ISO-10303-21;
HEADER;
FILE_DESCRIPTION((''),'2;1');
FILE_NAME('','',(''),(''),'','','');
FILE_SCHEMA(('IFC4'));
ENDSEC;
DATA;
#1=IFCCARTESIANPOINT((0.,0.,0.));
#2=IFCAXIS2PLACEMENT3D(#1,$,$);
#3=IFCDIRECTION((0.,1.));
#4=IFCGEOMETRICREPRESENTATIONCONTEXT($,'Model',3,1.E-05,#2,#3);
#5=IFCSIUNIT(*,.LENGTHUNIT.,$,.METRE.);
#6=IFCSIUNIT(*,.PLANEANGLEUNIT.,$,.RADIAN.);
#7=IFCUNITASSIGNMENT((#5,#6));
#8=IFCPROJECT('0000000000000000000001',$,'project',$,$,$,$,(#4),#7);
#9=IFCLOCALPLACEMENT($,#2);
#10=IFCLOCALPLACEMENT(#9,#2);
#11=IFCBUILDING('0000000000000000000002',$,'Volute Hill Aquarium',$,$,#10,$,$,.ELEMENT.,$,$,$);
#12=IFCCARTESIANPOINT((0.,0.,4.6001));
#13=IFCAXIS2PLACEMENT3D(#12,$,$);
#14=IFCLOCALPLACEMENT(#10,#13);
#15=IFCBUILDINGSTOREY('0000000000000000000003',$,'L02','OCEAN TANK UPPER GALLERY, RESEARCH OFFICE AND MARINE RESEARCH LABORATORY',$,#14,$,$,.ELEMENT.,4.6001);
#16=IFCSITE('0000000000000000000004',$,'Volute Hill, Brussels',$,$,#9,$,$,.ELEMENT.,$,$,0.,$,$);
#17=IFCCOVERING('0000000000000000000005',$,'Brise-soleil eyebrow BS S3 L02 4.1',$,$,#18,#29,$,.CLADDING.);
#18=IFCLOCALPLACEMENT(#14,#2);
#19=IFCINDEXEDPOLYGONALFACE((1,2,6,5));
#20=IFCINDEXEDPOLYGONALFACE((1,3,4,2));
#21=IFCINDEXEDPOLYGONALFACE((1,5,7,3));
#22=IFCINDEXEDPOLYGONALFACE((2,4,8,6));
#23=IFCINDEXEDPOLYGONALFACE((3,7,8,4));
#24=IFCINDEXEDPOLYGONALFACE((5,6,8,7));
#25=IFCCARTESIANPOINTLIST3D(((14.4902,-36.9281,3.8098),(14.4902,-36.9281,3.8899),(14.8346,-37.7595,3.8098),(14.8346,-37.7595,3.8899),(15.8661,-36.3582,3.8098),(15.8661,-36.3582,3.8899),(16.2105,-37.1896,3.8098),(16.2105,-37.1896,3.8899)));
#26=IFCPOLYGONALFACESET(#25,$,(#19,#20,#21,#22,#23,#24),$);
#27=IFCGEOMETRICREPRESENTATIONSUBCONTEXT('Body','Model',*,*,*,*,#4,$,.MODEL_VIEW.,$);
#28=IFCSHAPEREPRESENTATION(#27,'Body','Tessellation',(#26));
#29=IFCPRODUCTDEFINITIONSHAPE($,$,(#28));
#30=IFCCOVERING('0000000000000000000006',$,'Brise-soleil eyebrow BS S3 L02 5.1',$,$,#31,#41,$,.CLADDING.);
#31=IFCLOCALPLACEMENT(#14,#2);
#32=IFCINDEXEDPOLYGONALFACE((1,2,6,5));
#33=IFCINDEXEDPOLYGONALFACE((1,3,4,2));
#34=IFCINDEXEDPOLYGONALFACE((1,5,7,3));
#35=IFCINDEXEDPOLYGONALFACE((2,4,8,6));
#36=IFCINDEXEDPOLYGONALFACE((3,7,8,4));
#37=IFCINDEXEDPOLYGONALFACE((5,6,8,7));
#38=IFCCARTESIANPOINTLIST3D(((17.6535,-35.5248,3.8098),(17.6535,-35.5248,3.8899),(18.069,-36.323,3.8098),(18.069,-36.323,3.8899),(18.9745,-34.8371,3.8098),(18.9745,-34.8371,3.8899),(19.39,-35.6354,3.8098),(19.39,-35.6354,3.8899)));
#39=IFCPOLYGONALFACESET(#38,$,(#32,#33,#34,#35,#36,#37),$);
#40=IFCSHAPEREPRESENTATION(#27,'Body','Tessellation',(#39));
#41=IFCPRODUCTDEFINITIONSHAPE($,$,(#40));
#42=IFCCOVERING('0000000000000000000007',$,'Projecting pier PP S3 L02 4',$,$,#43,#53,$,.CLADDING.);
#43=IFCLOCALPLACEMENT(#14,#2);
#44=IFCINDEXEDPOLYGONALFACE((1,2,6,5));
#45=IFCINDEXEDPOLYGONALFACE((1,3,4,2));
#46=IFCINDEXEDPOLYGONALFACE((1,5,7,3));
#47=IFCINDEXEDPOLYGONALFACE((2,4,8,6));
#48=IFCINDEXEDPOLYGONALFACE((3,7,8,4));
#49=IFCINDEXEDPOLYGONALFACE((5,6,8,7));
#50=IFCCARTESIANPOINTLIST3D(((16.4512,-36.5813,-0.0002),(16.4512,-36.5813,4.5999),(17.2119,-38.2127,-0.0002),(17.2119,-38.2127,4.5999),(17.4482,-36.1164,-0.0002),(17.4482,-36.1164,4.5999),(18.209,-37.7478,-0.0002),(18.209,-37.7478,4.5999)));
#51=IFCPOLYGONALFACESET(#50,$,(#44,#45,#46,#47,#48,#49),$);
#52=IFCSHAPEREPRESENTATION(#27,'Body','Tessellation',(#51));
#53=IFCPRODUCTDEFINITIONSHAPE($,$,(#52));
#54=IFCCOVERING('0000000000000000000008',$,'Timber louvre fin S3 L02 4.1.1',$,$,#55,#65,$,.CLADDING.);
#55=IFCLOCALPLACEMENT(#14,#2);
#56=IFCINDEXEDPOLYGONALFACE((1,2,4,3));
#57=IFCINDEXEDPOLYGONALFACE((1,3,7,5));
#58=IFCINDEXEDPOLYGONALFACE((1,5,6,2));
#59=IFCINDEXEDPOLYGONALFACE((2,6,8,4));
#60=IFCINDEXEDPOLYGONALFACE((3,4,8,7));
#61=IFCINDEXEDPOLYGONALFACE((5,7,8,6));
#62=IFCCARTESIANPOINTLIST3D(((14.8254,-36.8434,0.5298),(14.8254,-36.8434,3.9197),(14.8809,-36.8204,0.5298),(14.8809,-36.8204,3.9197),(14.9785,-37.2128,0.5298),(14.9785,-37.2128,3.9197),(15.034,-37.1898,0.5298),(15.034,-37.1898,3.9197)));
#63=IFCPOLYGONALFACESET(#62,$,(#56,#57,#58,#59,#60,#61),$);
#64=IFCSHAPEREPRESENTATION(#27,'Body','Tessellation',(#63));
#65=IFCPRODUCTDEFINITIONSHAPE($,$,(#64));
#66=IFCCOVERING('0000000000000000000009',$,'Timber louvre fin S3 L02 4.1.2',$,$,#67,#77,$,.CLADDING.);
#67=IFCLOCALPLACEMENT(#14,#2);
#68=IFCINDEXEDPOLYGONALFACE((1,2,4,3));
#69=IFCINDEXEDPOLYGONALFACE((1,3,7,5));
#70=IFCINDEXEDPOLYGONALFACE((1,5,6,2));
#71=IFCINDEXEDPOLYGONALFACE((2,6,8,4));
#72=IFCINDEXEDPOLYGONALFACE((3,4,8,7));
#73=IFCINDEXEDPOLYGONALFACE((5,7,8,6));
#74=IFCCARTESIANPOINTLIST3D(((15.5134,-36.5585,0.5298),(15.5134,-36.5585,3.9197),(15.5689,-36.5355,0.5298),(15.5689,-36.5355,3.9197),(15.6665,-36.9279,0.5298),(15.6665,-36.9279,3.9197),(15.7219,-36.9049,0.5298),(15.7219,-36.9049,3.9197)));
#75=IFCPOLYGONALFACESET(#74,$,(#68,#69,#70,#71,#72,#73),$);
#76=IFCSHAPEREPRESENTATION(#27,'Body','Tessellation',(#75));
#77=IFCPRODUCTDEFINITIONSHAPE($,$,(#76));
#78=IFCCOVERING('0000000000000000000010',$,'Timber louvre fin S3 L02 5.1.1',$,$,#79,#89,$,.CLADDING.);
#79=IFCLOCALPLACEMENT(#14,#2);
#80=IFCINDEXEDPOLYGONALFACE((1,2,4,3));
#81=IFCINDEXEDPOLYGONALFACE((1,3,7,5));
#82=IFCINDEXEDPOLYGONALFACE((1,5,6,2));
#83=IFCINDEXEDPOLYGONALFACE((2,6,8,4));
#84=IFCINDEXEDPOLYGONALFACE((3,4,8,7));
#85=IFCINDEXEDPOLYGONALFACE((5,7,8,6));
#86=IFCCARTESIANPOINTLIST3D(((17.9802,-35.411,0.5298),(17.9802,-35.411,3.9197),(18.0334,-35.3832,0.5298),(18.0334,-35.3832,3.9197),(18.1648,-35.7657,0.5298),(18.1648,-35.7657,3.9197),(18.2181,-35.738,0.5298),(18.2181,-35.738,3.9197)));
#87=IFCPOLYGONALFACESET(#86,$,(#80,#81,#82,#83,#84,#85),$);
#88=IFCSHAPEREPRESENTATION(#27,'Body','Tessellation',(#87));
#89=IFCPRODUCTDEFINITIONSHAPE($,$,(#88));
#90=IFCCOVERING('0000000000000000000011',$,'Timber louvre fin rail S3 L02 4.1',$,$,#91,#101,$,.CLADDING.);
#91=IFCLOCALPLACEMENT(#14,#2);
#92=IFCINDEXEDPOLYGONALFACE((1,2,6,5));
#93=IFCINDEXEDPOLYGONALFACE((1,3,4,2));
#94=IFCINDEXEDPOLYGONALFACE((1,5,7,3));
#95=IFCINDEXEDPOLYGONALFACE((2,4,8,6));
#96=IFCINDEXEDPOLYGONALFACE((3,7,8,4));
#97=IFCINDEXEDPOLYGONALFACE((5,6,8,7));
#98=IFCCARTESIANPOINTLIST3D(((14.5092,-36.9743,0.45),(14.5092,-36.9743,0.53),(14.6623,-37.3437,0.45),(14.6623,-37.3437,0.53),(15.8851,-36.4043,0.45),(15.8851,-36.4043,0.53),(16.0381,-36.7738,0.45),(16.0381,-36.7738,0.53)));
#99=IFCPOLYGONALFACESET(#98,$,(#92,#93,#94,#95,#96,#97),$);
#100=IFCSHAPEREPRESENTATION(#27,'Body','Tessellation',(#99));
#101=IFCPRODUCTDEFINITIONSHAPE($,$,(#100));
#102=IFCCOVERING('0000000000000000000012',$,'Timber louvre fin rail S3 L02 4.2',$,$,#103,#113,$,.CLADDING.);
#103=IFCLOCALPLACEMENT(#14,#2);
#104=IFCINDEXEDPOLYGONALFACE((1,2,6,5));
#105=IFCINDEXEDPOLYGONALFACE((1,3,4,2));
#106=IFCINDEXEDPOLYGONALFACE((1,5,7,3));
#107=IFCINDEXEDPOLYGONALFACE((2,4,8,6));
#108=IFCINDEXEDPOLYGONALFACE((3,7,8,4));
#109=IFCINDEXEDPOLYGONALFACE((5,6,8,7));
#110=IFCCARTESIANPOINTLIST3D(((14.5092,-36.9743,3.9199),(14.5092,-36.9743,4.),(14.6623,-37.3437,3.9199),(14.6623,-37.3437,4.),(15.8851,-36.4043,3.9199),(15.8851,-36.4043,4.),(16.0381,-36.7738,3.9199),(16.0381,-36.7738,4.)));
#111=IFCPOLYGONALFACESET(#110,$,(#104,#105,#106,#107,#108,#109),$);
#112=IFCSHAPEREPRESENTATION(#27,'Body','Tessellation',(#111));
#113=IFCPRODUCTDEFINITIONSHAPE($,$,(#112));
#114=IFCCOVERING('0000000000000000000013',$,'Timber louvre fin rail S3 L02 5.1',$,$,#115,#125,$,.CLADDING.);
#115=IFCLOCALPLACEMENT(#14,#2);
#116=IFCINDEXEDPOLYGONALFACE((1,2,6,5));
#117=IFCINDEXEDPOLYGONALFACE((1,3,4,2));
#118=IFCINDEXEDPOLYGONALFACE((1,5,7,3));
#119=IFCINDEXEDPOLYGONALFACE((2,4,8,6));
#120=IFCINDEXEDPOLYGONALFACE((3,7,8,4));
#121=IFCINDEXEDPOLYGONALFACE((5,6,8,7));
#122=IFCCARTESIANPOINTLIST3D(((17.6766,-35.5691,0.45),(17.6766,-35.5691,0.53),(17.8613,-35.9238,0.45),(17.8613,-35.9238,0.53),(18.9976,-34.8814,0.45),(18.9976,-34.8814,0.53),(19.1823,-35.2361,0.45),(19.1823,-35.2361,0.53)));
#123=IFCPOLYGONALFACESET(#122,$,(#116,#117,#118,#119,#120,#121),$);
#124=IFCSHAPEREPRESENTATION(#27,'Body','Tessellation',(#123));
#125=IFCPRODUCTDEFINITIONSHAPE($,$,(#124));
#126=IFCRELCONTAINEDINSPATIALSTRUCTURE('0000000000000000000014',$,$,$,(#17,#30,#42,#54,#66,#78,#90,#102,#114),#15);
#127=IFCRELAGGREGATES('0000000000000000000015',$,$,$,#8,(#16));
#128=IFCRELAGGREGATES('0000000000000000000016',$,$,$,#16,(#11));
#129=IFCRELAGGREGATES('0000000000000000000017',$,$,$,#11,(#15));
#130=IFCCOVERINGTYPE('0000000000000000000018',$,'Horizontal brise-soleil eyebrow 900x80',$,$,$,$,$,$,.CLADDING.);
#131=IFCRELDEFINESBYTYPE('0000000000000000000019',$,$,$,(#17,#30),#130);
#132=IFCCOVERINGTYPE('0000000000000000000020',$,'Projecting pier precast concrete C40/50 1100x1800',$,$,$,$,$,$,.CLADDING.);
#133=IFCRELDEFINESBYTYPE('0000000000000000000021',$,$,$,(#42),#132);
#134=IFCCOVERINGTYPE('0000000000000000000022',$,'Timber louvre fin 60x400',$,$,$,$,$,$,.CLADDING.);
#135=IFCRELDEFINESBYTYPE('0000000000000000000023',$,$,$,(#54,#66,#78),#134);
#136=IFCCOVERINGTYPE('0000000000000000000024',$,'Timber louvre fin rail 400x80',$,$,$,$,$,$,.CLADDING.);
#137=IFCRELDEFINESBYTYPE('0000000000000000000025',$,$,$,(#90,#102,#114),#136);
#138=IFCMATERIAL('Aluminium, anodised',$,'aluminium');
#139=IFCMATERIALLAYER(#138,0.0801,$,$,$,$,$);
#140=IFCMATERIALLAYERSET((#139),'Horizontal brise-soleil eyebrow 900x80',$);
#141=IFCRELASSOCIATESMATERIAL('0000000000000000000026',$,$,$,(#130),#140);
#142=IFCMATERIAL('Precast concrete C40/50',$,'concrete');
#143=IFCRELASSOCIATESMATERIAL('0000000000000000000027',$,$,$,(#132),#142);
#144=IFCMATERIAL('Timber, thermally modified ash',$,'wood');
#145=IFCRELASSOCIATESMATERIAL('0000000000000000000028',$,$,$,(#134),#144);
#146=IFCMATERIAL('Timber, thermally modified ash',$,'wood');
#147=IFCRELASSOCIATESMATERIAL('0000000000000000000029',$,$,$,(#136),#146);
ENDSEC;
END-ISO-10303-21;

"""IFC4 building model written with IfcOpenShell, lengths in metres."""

from ifc_helpers import new_model, si_unit, direction, frame, origin, origin_2d, place, context, subcontext, project, spatial, rectangle, extrude, material, layer, layer_set, type_object, element, save


model = new_model("IFC4")

# Units and contexts
model_context = context("Model", 3, precision=1e-05, world=origin(), true_north=direction((0.0, 1.0)))
body_context = subcontext(model_context, "Body", "Model", "MODEL_VIEW")
ifc_project = project(units=[si_unit("LENGTHUNIT", "METRE"), si_unit("PLANEANGLEUNIT", "RADIAN")], contexts=[model_context])

# Site, building, storey
site_placement = place(None, origin())
site = spatial("IfcSite", under=ifc_project, at=site_placement, Name="Volute Hill, Brussels", CompositionType="ELEMENT", RefElevation=0.0)
building_placement = place(site_placement, origin())
building = spatial("IfcBuilding", under=site, at=building_placement, Name="Volute Hill Aquarium", CompositionType="ELEMENT")
storey_placement = place(building_placement, frame((0.0, 0.0, 4.6001)))
storey = spatial("IfcBuildingStorey", under=building, at=storey_placement, Name="L02", Description="OCEAN TANK UPPER GALLERY, RESEARCH OFFICE AND MARINE RESEARCH LABORATORY", CompositionType="ELEMENT", Elevation=4.6001)

# Coverings
ifc_material_1 = material(Name="Aluminium, anodised", Category="aluminium")
ifc_layer_1 = layer(ifc_material_1, 0.0801)
ifc_layer_set_1 = layer_set([ifc_layer_1], Name="Horizontal brise-soleil eyebrow 900x80")
covering_type_1 = type_object("IfcCoveringType", Name="Horizontal brise-soleil eyebrow 900x80", PredefinedType="CLADDING", material=ifc_layer_set_1)
for number, where, z_axis, x_axis, name in (
    (1, (15.3503, -37.0588, 3.8098), (0.0, 0.0, 1.0), (0.923875, 0.382694, 0.0), "Brise-soleil eyebrow BS S3 L02 4.1"),
    (2, (18.5217, -35.5801, 3.8098), (0.0, 0.0, 1.0), (0.887015, 0.461741, 0.0), "Brise-soleil eyebrow BS S3 L02 5.1"),
):
    element("IfcCovering", number, at=place(storey_placement, frame(where, z_axis=z_axis, x_axis=x_axis)), inside=storey, type_object=covering_type_1, Name=name, PredefinedType="CLADDING", context=body_context, shape_type="SweptSolid", body=[
        extrude(rectangle(XDim=1.4893, YDim=0.8999, at=origin_2d()), origin(), (0.0, 0.0, 1.0), 0.0801),
    ])
ifc_material_2 = material(Name="Precast concrete C40/50", Category="concrete")
covering_type_2 = type_object("IfcCoveringType", Name="Projecting pier precast concrete C40/50 1100x1800", PredefinedType="CLADDING", material=ifc_material_2)
covering_placement = place(storey_placement, frame((17.3301, -37.1646, -0.0002), z_axis=(0.0, 0.0, 1.0), x_axis=(0.906308, 0.422618, 0.0)))
element("IfcCovering", 3, at=covering_placement, inside=storey, type_object=covering_type_2, Name="Projecting pier PP S3 L02 4", PredefinedType="CLADDING", context=body_context, shape_type="SweptSolid", body=[
    extrude(rectangle(XDim=1.1001, YDim=1.8, at=origin_2d()), origin(), (0.0, 0.0, 1.0), 4.6001),
])
ifc_material_3 = material(Name="Timber, thermally modified ash", Category="wood")
covering_type_3 = type_object("IfcCoveringType", Name="Timber louvre fin 60x400", PredefinedType="CLADDING", material=ifc_material_3)
for number, where, z_axis, x_axis, name in (
    (4, (14.9297, -37.0166, 0.5298), (0.0, 0.0, 1.0), (0.923875, 0.382694, 0.0), "Timber louvre fin S3 L02 4.1.1"),
    (5, (15.6177, -36.7317, 0.5298), (0.0, 0.0, 1.0), (0.923875, 0.382694, 0.0), "Timber louvre fin S3 L02 4.1.2"),
    (6, (18.0991, -35.5745, 0.5298), (0.0, 0.0, 1.0), (0.887015, 0.461741, 0.0), "Timber louvre fin S3 L02 5.1.1"),
):
    element("IfcCovering", number, at=place(storey_placement, frame(where, z_axis=z_axis, x_axis=x_axis)), inside=storey, type_object=covering_type_3, Name=name, PredefinedType="CLADDING", context=body_context, shape_type="SweptSolid", body=[
        extrude(rectangle(XDim=0.0601, YDim=0.3999, at=origin_2d()), origin(), (0.0, 0.0, 1.0), 3.3899),
    ])
ifc_material_4 = material(Name="Timber, thermally modified ash", Category="wood")
covering_type_4 = type_object("IfcCoveringType", Name="Timber louvre fin rail 400x80", PredefinedType="CLADDING", material=ifc_material_4)
for number, where, z_axis, x_axis, name in (
    (7, (15.2737, -36.874, 0.45), (0.0, 0.0, 1.0), (0.923875, 0.382694, 0.0), "Timber louvre fin rail S3 L02 4.1"),
    (8, (15.2737, -36.874, 3.9199), (0.0, 0.0, 1.0), (0.923875, 0.382694, 0.0), "Timber louvre fin rail S3 L02 4.2"),
    (9, (18.4294, -35.4026, 0.45), (0.0, 0.0, 1.0), (0.887015, 0.461741, 0.0), "Timber louvre fin rail S3 L02 5.1"),
):
    element("IfcCovering", number, at=place(storey_placement, frame(where, z_axis=z_axis, x_axis=x_axis)), inside=storey, type_object=covering_type_4, Name=name, PredefinedType="CLADDING", context=body_context, shape_type="SweptSolid", body=[
        extrude(rectangle(XDim=1.4893, YDim=0.3999, at=origin_2d()), origin(), (0.0, 0.0, 1.0), 0.0801),
    ])

save(model, "model.ifc")
